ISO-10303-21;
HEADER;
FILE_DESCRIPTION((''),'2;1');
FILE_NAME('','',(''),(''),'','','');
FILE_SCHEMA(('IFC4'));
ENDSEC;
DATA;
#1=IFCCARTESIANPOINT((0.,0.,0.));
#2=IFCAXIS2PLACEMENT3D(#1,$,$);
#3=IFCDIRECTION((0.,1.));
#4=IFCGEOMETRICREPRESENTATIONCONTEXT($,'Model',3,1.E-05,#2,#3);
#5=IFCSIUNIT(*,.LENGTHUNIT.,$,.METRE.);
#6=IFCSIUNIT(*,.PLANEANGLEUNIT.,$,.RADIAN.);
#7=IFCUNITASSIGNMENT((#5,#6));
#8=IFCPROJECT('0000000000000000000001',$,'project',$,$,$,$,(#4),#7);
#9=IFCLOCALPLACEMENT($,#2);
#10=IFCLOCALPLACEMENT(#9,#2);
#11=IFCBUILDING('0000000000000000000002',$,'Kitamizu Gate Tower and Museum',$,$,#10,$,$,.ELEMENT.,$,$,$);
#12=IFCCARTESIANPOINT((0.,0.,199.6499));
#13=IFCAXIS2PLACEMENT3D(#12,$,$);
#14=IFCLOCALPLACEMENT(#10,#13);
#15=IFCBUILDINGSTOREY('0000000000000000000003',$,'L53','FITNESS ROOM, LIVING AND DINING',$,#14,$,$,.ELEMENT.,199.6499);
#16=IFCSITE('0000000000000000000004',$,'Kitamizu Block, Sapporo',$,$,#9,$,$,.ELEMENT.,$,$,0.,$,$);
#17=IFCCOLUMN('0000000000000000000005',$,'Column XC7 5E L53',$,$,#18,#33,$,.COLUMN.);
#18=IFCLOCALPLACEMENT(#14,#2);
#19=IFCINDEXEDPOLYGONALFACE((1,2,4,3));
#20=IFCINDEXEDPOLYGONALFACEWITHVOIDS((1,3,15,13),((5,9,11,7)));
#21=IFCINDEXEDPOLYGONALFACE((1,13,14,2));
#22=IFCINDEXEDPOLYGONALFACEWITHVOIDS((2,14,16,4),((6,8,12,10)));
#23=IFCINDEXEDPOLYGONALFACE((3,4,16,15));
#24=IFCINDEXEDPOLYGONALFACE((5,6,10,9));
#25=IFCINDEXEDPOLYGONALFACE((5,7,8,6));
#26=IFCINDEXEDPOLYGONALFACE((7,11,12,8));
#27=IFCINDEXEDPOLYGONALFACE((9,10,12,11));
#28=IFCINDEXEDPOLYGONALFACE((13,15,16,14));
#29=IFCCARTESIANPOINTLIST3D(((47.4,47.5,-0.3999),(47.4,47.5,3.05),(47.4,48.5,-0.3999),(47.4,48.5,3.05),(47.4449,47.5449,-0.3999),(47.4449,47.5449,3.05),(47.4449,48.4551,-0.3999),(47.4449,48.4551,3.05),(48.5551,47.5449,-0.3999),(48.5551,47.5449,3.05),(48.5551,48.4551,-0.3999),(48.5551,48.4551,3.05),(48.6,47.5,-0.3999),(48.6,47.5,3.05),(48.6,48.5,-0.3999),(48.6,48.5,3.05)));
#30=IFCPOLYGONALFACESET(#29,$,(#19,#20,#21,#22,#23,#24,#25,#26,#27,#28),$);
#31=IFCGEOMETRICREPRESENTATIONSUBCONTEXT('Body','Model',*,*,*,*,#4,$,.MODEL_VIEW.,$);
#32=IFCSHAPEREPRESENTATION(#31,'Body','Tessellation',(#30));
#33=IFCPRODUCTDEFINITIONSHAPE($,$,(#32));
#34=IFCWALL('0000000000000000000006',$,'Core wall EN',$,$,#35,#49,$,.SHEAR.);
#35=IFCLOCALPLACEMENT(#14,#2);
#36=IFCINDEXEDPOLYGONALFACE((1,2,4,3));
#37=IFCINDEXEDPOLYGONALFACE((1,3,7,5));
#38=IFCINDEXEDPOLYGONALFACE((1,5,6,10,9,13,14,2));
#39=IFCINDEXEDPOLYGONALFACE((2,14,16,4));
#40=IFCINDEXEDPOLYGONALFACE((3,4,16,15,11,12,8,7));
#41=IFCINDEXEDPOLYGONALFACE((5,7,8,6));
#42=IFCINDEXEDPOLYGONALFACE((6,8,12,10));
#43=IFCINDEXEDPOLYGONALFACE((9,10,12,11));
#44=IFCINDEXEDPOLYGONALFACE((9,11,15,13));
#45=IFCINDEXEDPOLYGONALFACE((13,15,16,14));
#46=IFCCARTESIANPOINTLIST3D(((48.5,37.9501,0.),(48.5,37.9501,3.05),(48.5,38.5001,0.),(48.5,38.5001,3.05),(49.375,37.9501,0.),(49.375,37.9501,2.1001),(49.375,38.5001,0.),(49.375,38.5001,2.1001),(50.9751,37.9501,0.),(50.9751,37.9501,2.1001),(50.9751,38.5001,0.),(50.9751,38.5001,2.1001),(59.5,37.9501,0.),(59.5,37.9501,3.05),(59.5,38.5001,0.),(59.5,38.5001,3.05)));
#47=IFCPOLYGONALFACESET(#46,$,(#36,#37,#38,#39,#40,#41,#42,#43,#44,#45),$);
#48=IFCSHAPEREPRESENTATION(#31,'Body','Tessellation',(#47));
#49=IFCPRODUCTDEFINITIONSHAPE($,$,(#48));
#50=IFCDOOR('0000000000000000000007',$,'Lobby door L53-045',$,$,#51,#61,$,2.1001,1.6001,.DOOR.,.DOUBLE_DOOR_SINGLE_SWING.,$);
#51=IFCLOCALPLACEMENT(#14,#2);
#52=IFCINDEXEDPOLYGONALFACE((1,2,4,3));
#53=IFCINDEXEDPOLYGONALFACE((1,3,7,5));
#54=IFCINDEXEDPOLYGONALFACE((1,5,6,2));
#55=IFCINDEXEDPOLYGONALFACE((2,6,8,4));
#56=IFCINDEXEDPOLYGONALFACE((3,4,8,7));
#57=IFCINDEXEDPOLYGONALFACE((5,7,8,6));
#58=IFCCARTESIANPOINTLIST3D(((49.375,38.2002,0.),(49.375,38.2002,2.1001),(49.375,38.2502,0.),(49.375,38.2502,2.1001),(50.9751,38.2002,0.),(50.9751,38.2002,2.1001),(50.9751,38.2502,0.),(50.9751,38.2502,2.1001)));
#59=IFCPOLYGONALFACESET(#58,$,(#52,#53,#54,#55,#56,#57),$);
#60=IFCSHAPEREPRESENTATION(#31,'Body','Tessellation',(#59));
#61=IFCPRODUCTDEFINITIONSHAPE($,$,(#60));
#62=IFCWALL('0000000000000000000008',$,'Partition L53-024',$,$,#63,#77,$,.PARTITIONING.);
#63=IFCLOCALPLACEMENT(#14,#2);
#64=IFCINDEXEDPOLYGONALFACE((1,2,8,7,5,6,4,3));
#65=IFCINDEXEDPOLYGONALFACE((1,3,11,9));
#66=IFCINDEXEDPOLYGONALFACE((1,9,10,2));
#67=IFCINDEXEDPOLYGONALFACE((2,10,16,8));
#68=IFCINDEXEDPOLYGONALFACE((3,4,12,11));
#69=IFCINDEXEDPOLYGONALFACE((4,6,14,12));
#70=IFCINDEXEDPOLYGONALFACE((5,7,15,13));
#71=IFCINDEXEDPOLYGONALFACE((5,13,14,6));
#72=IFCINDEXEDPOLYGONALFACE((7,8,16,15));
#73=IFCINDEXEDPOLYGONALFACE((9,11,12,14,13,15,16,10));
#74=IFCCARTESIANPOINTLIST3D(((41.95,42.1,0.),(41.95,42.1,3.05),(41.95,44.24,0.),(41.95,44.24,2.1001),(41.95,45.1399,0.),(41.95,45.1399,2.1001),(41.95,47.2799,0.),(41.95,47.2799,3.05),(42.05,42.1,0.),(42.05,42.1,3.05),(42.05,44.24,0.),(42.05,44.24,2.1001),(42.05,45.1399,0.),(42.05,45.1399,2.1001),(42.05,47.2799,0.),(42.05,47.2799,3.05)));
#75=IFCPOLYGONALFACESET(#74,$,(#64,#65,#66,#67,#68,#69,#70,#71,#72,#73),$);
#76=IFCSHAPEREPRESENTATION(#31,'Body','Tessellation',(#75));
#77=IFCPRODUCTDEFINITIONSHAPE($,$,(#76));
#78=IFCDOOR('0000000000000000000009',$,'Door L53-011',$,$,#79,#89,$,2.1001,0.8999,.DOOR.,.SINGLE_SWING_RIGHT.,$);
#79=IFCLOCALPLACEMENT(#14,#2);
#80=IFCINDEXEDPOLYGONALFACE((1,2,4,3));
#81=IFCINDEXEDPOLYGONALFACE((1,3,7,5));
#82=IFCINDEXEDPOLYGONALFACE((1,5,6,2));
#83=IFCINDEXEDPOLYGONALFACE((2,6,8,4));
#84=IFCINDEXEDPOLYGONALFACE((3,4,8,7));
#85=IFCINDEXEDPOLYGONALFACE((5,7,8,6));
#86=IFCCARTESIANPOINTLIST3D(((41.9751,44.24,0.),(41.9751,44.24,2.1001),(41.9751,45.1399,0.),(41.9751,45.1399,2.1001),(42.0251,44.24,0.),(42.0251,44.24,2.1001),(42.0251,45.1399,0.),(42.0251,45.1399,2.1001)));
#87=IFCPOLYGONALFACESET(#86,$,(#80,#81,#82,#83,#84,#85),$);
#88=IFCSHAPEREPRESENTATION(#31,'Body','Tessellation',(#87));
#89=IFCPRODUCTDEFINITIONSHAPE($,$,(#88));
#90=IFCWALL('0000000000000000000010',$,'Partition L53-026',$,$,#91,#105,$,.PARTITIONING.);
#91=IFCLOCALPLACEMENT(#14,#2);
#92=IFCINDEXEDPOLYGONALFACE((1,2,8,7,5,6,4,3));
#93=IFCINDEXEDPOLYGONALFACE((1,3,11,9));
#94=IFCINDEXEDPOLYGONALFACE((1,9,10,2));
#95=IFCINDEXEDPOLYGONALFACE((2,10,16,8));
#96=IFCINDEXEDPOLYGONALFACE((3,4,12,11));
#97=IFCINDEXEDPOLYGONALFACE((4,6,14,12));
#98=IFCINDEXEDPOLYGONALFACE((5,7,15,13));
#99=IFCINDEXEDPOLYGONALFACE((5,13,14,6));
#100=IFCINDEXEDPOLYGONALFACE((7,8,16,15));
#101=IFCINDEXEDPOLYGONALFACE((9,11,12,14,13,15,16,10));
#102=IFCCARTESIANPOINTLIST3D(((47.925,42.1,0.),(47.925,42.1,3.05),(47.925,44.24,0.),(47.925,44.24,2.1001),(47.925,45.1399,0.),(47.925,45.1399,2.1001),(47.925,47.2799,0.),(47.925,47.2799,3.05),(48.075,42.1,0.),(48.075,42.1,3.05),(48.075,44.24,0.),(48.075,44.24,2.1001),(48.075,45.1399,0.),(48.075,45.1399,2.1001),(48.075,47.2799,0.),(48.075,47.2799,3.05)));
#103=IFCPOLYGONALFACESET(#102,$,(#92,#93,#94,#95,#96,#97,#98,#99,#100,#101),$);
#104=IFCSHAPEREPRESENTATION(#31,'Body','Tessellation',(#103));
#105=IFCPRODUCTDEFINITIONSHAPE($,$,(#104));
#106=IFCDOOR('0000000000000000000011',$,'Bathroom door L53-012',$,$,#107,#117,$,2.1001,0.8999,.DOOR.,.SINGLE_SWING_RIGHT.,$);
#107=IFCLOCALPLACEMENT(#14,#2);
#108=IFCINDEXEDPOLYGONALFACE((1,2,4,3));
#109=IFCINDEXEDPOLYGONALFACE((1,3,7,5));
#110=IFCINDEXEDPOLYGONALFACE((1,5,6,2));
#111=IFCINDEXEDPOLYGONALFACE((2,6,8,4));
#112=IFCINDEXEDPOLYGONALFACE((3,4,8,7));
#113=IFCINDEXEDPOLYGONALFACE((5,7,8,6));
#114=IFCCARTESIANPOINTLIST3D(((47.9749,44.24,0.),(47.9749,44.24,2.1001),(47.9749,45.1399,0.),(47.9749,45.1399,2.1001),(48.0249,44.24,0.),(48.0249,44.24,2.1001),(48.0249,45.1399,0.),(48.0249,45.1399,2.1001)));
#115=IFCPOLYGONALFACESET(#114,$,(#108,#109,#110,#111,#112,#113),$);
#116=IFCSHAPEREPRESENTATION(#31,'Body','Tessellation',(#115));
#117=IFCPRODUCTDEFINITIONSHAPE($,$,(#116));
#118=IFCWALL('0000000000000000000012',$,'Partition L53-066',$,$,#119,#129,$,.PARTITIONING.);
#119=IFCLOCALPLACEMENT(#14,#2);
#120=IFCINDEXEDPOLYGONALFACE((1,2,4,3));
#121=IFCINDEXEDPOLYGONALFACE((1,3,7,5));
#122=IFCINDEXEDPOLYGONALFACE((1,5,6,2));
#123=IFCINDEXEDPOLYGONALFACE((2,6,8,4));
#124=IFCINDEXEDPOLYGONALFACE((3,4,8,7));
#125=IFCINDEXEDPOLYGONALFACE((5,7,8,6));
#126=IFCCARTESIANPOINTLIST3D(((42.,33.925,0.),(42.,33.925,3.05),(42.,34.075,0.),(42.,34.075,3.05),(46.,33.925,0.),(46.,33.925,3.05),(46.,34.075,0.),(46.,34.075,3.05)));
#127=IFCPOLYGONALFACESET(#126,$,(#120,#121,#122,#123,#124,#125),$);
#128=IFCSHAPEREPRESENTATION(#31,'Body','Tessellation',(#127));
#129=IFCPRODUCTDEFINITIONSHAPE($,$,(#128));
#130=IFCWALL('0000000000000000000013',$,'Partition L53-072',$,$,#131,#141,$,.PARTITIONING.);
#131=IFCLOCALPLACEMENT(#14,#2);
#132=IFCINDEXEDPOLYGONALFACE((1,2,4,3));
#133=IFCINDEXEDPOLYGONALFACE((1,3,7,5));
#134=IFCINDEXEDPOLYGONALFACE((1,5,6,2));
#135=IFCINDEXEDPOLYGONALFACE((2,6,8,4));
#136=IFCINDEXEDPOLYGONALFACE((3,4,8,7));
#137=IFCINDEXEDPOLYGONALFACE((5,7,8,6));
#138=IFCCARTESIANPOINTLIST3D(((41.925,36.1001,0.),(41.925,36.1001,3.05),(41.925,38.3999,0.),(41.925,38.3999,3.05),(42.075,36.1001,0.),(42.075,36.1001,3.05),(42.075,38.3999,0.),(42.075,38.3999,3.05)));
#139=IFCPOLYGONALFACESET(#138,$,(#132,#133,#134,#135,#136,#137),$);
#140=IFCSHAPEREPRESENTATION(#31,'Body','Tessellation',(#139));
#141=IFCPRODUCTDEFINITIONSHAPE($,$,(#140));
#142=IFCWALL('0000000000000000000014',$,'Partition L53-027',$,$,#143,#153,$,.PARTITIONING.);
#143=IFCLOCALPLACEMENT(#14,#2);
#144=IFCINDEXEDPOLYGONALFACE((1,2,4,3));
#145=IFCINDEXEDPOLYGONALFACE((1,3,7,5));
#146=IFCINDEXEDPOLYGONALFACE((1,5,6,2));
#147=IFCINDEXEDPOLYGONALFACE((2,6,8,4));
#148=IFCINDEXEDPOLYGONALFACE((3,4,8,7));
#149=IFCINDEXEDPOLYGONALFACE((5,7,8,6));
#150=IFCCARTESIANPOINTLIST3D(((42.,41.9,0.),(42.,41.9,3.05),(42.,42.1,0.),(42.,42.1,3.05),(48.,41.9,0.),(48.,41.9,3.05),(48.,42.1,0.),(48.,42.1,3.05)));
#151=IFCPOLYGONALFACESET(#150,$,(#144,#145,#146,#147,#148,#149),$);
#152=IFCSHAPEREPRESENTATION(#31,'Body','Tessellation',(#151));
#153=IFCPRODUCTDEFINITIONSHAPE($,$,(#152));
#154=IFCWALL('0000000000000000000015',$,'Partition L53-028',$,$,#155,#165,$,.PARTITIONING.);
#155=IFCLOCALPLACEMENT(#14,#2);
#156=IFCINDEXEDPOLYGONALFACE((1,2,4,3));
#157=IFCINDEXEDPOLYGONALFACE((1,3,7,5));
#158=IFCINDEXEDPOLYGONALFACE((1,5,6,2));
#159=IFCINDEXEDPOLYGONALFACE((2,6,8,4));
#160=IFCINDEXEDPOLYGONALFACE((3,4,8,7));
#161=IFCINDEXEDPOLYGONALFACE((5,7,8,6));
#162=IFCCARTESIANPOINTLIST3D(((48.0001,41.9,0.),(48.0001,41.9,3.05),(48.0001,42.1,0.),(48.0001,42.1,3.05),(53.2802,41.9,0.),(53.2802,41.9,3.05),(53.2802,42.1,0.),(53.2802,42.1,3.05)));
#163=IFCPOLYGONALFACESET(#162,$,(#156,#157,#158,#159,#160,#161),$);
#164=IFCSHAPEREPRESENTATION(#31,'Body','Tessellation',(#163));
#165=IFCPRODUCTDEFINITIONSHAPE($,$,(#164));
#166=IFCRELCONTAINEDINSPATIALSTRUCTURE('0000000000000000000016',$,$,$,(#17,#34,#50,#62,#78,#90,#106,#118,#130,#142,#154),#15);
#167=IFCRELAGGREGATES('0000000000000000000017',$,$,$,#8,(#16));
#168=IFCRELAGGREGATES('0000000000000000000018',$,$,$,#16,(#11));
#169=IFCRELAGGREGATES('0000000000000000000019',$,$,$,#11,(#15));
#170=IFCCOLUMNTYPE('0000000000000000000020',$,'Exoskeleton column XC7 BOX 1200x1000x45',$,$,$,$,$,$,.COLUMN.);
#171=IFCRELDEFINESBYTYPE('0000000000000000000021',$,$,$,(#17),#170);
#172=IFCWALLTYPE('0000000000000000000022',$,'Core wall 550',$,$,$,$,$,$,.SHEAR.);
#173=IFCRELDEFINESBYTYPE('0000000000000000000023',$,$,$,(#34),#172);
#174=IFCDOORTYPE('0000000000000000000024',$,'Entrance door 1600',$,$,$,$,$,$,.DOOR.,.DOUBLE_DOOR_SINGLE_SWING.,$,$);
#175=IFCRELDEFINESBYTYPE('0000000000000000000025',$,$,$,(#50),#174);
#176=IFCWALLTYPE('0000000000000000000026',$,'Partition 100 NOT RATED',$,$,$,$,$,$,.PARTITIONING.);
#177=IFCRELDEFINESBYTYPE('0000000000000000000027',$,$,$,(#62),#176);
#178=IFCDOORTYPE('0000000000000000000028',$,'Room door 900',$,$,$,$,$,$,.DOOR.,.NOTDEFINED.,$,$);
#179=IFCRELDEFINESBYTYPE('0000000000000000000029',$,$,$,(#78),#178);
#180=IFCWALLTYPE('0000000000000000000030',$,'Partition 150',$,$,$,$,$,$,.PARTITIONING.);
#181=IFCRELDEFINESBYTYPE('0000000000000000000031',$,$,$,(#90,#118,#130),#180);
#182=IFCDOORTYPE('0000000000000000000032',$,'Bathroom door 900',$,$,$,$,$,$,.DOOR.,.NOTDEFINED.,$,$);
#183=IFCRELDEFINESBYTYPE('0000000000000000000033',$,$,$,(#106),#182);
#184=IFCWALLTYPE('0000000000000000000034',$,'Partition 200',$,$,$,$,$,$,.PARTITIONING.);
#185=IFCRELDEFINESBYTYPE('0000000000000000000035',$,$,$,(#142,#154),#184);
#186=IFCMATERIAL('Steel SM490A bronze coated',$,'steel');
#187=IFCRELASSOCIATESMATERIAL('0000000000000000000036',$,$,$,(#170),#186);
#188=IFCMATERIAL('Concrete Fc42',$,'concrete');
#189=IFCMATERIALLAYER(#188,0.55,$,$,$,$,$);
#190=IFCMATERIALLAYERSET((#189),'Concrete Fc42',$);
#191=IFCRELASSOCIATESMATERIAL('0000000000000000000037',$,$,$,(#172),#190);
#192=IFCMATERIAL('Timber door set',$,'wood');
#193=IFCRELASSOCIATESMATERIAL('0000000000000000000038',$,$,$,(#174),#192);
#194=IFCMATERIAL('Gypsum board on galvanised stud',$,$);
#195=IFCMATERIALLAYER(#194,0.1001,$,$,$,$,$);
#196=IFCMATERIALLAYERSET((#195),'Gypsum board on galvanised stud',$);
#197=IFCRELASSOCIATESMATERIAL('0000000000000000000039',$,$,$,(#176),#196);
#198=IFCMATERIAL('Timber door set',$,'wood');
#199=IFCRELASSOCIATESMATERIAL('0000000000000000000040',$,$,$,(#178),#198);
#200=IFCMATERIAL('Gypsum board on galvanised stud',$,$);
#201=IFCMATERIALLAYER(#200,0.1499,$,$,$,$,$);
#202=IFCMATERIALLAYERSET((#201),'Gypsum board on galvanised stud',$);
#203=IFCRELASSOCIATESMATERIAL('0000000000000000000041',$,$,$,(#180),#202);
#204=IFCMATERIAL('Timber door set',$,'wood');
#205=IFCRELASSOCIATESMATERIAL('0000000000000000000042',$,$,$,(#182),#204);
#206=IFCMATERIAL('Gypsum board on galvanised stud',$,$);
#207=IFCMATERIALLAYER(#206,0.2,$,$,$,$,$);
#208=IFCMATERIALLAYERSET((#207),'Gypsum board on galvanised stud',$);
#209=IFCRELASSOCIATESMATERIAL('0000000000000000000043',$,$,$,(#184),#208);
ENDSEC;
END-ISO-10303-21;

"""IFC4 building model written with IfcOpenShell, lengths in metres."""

from ifc_helpers import new_model, si_unit, direction, frame, frame_2d, origin, origin_2d, place, context, subcontext, project, spatial, rectangle, hollow_rectangle, extrude, material, layer, layer_set, material_profile, profile_set, type_object, element, fill, save


model = new_model("IFC4")

# Units and contexts
model_context = context("Model", 3, precision=1e-05, world=origin(), true_north=direction((0.0, 1.0)))
body_context = subcontext(model_context, "Body", "Model", "MODEL_VIEW")
ifc_project = project(units=[si_unit("LENGTHUNIT", "METRE"), si_unit("PLANEANGLEUNIT", "RADIAN")], contexts=[model_context])

# Site, building, storey
site_placement = place(None, origin())
site = spatial("IfcSite", under=ifc_project, at=site_placement, Name="Kitamizu Block, Sapporo", CompositionType="ELEMENT", RefElevation=0.0)
building_placement = place(site_placement, origin())
building = spatial("IfcBuilding", under=site, at=building_placement, Name="Kitamizu Gate Tower and Museum", CompositionType="ELEMENT")
storey_placement = place(building_placement, frame((0.0, 0.0, 199.6499)))
storey = spatial("IfcBuildingStorey", under=building, at=storey_placement, Name="L53", Description="FITNESS ROOM, LIVING AND DINING", CompositionType="ELEMENT", Elevation=199.6499)

# Column
ifc_material_1 = material(Name="Steel SM490A bronze coated", Category="steel")
ifc_material_profile = material_profile(ifc_material_1, hollow_rectangle(XDim=1.2, YDim=1.0, WallThickness=0.0449, at=origin_2d()), Name="BOX 1200x1000x45")
ifc_profile_set = profile_set([ifc_material_profile], Name="Steel SM490A bronze coated")
column_type = type_object("IfcColumnType", Name="Exoskeleton column XC7 BOX 1200x1000x45", PredefinedType="COLUMN", material=ifc_profile_set)
column_placement = place(storey_placement, frame((48.0, 48.0, -0.3999), z_axis=(0.0, 0.0, 1.0), x_axis=(1.0, 0.0, 0.0)))
element("IfcColumn", 1, at=column_placement, inside=storey, type_object=column_type, Name="Column XC7 5E L53", PredefinedType="COLUMN", context=body_context, shape_type="SweptSolid", body=[
    extrude(hollow_rectangle(XDim=1.2, YDim=1.0, WallThickness=0.0449, at=origin_2d()), origin(), (0.0, 0.0, 1.0), 3.45),
])

# Walls, openings, doors
ifc_material_2 = material(Name="Concrete Fc42", Category="concrete")
ifc_layer_1 = layer(ifc_material_2, 0.55)
ifc_layer_set_1 = layer_set([ifc_layer_1], Name="Concrete Fc42")
wall_type_1 = type_object("IfcWallType", Name="Core wall 550", PredefinedType="SHEAR", material=ifc_layer_set_1)
wall_1_placement = place(storey_placement, frame((59.5, 38.2251, 0.0), z_axis=(0.0, 0.0, 1.0), x_axis=(-1.0, 0.0, 0.0)))
wall_1 = element("IfcWall", 2, at=wall_1_placement, inside=storey, type_object=wall_type_1, Name="Core wall EN", PredefinedType="SHEAR", context=body_context, shape_type="SweptSolid", body=[
    extrude(rectangle(XDim=11.0, YDim=0.55, at=frame_2d((5.5, 0.0))), origin(), (0.0, 0.0, 1.0), 3.05),
])
opening_1_placement = place(wall_1_placement, frame((8.5249, 0.0, 0.0)))
opening_1 = element("IfcOpeningElement", 3, at=opening_1_placement, cuts=wall_1, PredefinedType="OPENING", context=body_context, shape_type="SweptSolid", body=[
    extrude(rectangle(XDim=1.6001, YDim=2.1001, at=frame_2d((0.8, 1.05))), frame((0.0, 0.2852, 0.0), z_axis=(0.0, -1.0, 0.0), x_axis=(1.0, 0.0, 0.0)), (0.0, 0.0, 1.0), 0.5701),
])
ifc_material_3 = material(Name="Timber door set", Category="wood")
door_type_1 = type_object("IfcDoorType", Name="Entrance door 1600", OperationType="DOUBLE_DOOR_SINGLE_SWING", PredefinedType="DOOR", material=ifc_material_3)
door_1_placement = place(opening_1_placement, origin())
door_1 = element("IfcDoor", 4, at=door_1_placement, inside=storey, type_object=door_type_1, Name="Lobby door L53-045", OperationType="DOUBLE_DOOR_SINGLE_SWING", OverallHeight=2.1001, OverallWidth=1.6001, PredefinedType="DOOR", context=body_context, shape_type="SweptSolid", body=[
    extrude(rectangle(XDim=1.6001, YDim=2.1001, at=frame_2d((0.8, 1.05))), frame((0.0, 0.0249, 0.0), z_axis=(0.0, -1.0, 0.0), x_axis=(1.0, 0.0, 0.0)), (0.0, 0.0, 1.0), 0.05),
])
fill(opening_1, door_1)
ifc_material_4 = material(Name="Gypsum board on galvanised stud")
ifc_layer_2 = layer(ifc_material_4, 0.1001)
ifc_layer_set_2 = layer_set([ifc_layer_2], Name="Gypsum board on galvanised stud")
wall_type_2 = type_object("IfcWallType", Name="Partition 100 NOT RATED", PredefinedType="PARTITIONING", material=ifc_layer_set_2)
wall_2_placement = place(storey_placement, frame((42.0, 42.1001, 0.0), z_axis=(0.0, 0.0, 1.0), x_axis=(0.0, 1.0, 0.0)))
wall_2 = element("IfcWall", 5, at=wall_2_placement, inside=storey, type_object=wall_type_2, Name="Partition L53-024", PredefinedType="PARTITIONING", context=body_context, shape_type="SweptSolid", body=[
    extrude(rectangle(XDim=5.1799, YDim=0.1001, at=frame_2d((2.5898, 0.0))), origin(), (0.0, 0.0, 1.0), 3.05),
])
opening_2_placement = place(wall_2_placement, frame((2.1399, 0.0, 0.0)))
opening_2 = element("IfcOpeningElement", 6, at=opening_2_placement, cuts=wall_2, PredefinedType="OPENING", context=body_context, shape_type="SweptSolid", body=[
    extrude(rectangle(XDim=0.8999, YDim=2.1001, at=frame_2d((0.45, 1.05))), frame((0.0, 0.0601, 0.0), z_axis=(0.0, -1.0, 0.0), x_axis=(1.0, 0.0, 0.0)), (0.0, 0.0, 1.0), 0.1201),
])
ifc_material_5 = material(Name="Timber door set", Category="wood")
door_type_2 = type_object("IfcDoorType", Name="Room door 900", OperationType="NOTDEFINED", PredefinedType="DOOR", material=ifc_material_5)
door_2_placement = place(opening_2_placement, origin())
door_2 = element("IfcDoor", 7, at=door_2_placement, inside=storey, type_object=door_type_2, Name="Door L53-011", OperationType="SINGLE_SWING_RIGHT", OverallHeight=2.1001, OverallWidth=0.8999, PredefinedType="DOOR", context=body_context, shape_type="SweptSolid", body=[
    extrude(rectangle(XDim=0.8999, YDim=2.1001, at=frame_2d((0.45, 1.05))), frame((0.0, 0.0249, 0.0), z_axis=(0.0, -1.0, 0.0), x_axis=(1.0, 0.0, 0.0)), (0.0, 0.0, 1.0), 0.05),
])
fill(opening_2, door_2)
ifc_material_6 = material(Name="Gypsum board on galvanised stud")
ifc_layer_3 = layer(ifc_material_6, 0.1499)
ifc_layer_set_3 = layer_set([ifc_layer_3], Name="Gypsum board on galvanised stud")
wall_type_3 = type_object("IfcWallType", Name="Partition 150", PredefinedType="PARTITIONING", material=ifc_layer_set_3)
wall_3_placement = place(storey_placement, frame((48.0, 42.1001, 0.0), z_axis=(0.0, 0.0, 1.0), x_axis=(0.0, 1.0, 0.0)))
wall_3 = element("IfcWall", 8, at=wall_3_placement, inside=storey, type_object=wall_type_3, Name="Partition L53-026", PredefinedType="PARTITIONING", context=body_context, shape_type="SweptSolid", body=[
    extrude(rectangle(XDim=5.1799, YDim=0.1499, at=frame_2d((2.5898, 0.0))), origin(), (0.0, 0.0, 1.0), 3.05),
])
opening_3_placement = place(wall_3_placement, frame((2.1399, 0.0, 0.0)))
opening_3 = element("IfcOpeningElement", 9, at=opening_3_placement, cuts=wall_3, PredefinedType="OPENING", context=body_context, shape_type="SweptSolid", body=[
    extrude(rectangle(XDim=0.8999, YDim=2.1001, at=frame_2d((0.45, 1.05))), frame((0.0, 0.085, 0.0), z_axis=(0.0, -1.0, 0.0), x_axis=(1.0, 0.0, 0.0)), (0.0, 0.0, 1.0), 0.1699),
])
ifc_material_7 = material(Name="Timber door set", Category="wood")
door_type_3 = type_object("IfcDoorType", Name="Bathroom door 900", OperationType="NOTDEFINED", PredefinedType="DOOR", material=ifc_material_7)
door_3_placement = place(opening_3_placement, frame((0.8999, 0.0, 0.0), x_axis=(-1.0, 0.0, 0.0)))
door_3 = element("IfcDoor", 10, at=door_3_placement, inside=storey, type_object=door_type_3, Name="Bathroom door L53-012", OperationType="SINGLE_SWING_RIGHT", OverallHeight=2.1001, OverallWidth=0.8999, PredefinedType="DOOR", context=body_context, shape_type="SweptSolid", body=[
    extrude(rectangle(XDim=0.8999, YDim=2.1001, at=frame_2d((0.45, 1.05))), frame((0.0, 0.0249, 0.0), z_axis=(0.0, -1.0, 0.0), x_axis=(1.0, 0.0, 0.0)), (0.0, 0.0, 1.0), 0.05),
])
fill(opening_3, door_3)

# Walls
wall_4_placement = place(storey_placement, frame((46.0, 34.0, 0.0), z_axis=(0.0, 0.0, 1.0), x_axis=(-1.0, 0.0, 0.0)))
element("IfcWall", 11, at=wall_4_placement, inside=storey, type_object=wall_type_3, Name="Partition L53-066", PredefinedType="PARTITIONING", context=body_context, shape_type="SweptSolid", body=[
    extrude(rectangle(XDim=4.0, YDim=0.1499, at=frame_2d((2.0, 0.0))), origin(), (0.0, 0.0, 1.0), 3.05),
])
wall_5_placement = place(storey_placement, frame((42.0, 36.1001, 0.0), z_axis=(0.0, 0.0, 1.0), x_axis=(0.0, 1.0, 0.0)))
element("IfcWall", 12, at=wall_5_placement, inside=storey, type_object=wall_type_3, Name="Partition L53-072", PredefinedType="PARTITIONING", context=body_context, shape_type="SweptSolid", body=[
    extrude(rectangle(XDim=2.2998, YDim=0.1499, at=frame_2d((1.1499, 0.0))), origin(), (0.0, 0.0, 1.0), 3.05),
])
ifc_material_8 = material(Name="Gypsum board on galvanised stud")
ifc_layer_4 = layer(ifc_material_8, 0.2)
ifc_layer_set_4 = layer_set([ifc_layer_4], Name="Gypsum board on galvanised stud")
wall_type_4 = type_object("IfcWallType", Name="Partition 200", PredefinedType="PARTITIONING", material=ifc_layer_set_4)
wall_6_placement = place(storey_placement, frame((42.0, 42.0, 0.0), z_axis=(0.0, 0.0, 1.0), x_axis=(1.0, 0.0, 0.0)))
element("IfcWall", 13, at=wall_6_placement, inside=storey, type_object=wall_type_4, Name="Partition L53-027", PredefinedType="PARTITIONING", context=body_context, shape_type="SweptSolid", body=[
    extrude(rectangle(XDim=6.0, YDim=0.2, at=frame_2d((3.0, 0.0))), origin(), (0.0, 0.0, 1.0), 3.05),
])
wall_7_placement = place(storey_placement, frame((48.0, 42.0, 0.0), z_axis=(0.0, 0.0, 1.0), x_axis=(1.0, 0.0, 0.0)))
element("IfcWall", 14, at=wall_7_placement, inside=storey, type_object=wall_type_4, Name="Partition L53-028", PredefinedType="PARTITIONING", context=body_context, shape_type="SweptSolid", body=[
    extrude(rectangle(XDim=5.28, YDim=0.2, at=frame_2d((2.6401, 0.0))), origin(), (0.0, 0.0, 1.0), 3.05),
])

save(model, "model.ifc")
